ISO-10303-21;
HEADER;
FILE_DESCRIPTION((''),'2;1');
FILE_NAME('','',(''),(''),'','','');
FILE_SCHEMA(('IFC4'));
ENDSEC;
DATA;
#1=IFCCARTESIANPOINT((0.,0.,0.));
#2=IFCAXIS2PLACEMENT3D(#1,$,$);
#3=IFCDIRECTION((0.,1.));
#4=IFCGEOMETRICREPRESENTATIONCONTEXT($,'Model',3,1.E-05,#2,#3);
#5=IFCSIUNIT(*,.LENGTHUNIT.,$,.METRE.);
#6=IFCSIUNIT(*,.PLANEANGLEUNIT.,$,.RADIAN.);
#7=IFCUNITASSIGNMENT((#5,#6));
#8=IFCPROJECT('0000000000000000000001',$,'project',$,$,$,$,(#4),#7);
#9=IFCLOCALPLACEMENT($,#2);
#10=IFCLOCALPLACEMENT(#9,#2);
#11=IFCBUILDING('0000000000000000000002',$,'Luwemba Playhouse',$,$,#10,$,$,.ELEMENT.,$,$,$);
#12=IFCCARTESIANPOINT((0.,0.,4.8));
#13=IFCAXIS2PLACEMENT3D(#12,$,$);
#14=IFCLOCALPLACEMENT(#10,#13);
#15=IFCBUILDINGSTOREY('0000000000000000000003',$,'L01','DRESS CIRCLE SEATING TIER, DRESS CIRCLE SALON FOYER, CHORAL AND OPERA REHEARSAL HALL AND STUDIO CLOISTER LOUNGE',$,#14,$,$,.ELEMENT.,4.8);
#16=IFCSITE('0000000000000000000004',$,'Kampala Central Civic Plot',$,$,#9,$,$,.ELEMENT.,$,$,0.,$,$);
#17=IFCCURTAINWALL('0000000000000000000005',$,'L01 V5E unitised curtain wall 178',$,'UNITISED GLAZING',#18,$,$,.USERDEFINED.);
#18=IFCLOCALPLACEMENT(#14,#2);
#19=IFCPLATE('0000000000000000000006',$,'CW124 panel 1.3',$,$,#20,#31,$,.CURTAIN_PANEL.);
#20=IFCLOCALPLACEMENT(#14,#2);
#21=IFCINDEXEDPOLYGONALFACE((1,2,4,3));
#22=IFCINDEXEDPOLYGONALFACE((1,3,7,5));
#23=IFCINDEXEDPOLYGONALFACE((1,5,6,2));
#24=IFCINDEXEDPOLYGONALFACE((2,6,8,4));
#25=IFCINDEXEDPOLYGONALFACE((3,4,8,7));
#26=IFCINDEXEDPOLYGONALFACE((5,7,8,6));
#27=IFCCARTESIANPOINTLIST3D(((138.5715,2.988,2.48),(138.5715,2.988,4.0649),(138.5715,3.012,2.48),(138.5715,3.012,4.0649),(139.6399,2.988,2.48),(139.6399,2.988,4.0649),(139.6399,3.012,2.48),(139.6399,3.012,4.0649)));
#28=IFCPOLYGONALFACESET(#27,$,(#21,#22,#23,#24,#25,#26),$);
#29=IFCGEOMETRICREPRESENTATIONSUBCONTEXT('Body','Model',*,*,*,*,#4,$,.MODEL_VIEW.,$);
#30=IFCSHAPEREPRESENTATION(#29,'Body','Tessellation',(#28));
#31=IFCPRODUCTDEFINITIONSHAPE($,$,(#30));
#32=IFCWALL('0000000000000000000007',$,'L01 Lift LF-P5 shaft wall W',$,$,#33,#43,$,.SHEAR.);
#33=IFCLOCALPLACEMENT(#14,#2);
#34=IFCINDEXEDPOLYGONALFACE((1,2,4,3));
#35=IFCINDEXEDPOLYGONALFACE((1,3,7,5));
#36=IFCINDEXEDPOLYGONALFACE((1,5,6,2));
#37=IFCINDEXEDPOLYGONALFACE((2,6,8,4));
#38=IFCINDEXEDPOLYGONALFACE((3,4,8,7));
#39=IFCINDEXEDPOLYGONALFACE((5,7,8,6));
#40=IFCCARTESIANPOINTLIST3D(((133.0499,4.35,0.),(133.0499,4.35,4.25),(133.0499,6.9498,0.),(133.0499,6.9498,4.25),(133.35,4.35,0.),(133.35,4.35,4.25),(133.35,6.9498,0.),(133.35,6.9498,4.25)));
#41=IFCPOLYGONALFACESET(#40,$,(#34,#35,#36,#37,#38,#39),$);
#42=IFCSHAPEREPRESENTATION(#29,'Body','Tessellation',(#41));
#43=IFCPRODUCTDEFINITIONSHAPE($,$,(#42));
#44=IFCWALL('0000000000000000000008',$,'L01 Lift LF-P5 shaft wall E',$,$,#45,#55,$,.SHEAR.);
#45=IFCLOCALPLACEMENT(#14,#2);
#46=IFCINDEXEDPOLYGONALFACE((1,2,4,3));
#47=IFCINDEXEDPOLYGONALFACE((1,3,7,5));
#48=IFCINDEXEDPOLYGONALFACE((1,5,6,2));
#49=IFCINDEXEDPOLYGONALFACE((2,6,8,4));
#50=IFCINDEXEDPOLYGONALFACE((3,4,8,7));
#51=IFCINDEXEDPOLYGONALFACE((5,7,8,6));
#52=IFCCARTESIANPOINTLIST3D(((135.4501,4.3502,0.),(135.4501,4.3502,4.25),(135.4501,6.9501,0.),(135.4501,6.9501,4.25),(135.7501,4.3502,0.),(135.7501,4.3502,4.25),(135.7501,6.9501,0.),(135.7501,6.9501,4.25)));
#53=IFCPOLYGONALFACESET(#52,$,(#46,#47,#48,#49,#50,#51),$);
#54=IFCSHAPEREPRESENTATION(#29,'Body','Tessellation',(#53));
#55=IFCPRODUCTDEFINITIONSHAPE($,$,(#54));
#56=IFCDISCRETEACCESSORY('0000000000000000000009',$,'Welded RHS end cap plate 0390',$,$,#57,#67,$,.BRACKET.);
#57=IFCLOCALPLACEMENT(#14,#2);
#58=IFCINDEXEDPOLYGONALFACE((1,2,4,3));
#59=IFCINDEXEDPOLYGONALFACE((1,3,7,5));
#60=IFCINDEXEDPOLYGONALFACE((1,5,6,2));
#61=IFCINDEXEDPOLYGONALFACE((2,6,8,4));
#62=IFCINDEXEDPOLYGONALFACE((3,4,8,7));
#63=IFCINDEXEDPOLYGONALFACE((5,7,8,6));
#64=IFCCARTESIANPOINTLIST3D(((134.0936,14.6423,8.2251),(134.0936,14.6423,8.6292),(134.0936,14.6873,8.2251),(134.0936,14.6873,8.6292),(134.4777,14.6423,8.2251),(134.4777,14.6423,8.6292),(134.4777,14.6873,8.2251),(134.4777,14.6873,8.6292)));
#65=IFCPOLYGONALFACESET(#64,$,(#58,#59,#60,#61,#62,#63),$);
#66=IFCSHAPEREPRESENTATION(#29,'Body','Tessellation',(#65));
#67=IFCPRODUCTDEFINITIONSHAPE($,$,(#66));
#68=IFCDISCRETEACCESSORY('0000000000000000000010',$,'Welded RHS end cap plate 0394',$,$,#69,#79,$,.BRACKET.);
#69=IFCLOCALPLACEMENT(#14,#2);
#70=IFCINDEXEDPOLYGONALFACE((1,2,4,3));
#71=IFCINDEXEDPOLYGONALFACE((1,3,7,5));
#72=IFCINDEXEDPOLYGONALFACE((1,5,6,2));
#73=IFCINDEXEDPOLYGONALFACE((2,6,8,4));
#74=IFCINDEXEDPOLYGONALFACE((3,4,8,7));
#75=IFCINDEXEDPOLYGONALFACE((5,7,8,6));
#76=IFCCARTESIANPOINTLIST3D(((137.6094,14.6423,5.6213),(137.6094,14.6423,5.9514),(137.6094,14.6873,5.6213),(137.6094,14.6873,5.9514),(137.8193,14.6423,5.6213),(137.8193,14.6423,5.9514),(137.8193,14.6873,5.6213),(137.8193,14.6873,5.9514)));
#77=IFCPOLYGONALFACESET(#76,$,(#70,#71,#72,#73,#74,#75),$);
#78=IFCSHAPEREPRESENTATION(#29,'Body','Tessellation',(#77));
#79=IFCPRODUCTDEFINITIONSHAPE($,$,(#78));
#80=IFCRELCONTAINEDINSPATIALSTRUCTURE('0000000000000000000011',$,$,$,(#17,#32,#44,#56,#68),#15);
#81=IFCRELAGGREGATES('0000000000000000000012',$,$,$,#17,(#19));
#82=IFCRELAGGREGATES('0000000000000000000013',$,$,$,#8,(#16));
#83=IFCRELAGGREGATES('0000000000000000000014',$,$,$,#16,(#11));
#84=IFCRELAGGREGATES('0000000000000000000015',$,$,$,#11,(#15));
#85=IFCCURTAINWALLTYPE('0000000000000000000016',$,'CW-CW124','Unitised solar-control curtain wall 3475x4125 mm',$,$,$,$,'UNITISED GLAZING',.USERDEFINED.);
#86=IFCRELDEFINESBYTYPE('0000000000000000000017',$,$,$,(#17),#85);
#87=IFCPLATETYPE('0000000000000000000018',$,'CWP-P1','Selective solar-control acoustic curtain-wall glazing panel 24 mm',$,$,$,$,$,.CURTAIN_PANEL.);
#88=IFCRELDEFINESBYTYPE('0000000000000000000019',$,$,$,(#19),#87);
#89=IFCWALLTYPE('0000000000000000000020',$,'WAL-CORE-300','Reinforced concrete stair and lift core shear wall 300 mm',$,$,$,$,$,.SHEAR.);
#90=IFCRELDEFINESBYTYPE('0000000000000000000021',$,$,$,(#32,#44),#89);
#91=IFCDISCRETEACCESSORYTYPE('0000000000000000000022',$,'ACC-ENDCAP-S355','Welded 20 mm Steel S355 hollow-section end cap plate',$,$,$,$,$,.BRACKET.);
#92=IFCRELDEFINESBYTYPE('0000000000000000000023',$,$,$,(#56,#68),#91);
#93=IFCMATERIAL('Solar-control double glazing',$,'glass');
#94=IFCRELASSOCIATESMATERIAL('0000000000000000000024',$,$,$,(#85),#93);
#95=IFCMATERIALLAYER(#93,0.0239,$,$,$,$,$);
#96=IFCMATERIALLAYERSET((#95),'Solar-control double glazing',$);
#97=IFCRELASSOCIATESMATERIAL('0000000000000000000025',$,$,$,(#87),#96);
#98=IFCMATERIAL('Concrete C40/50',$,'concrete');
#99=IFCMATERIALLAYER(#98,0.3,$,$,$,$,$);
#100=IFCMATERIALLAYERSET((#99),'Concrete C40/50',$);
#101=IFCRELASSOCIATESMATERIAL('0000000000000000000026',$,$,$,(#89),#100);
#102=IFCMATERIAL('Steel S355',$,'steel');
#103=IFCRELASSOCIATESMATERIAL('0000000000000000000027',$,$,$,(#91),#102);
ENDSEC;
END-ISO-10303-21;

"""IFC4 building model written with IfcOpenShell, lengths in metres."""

from ifc_helpers import new_model, si_unit, direction, frame, frame_2d, origin, origin_2d, place, context, subcontext, project, spatial, rectangle, extrude, material, layer, layer_set, type_object, element, aggregate, save


model = new_model("IFC4")

# Units and contexts
model_context = context("Model", 3, precision=1e-05, world=origin(), true_north=direction((0.0, 1.0)))
body_context = subcontext(model_context, "Body", "Model", "MODEL_VIEW")
ifc_project = project(units=[si_unit("LENGTHUNIT", "METRE"), si_unit("PLANEANGLEUNIT", "RADIAN")], contexts=[model_context])

# Site, building, storey
site_placement = place(None, origin())
site = spatial("IfcSite", under=ifc_project, at=site_placement, Name="Kampala Central Civic Plot", CompositionType="ELEMENT", RefElevation=0.0)
building_placement = place(site_placement, origin())
building = spatial("IfcBuilding", under=site, at=building_placement, Name="Luwemba Playhouse", CompositionType="ELEMENT")
storey_placement = place(building_placement, frame((0.0, 0.0, 4.8)))
storey = spatial("IfcBuildingStorey", under=building, at=storey_placement, Name="L01", Description="DRESS CIRCLE SEATING TIER, DRESS CIRCLE SALON FOYER, CHORAL AND OPERA REHEARSAL HALL AND STUDIO CLOISTER LOUNGE", CompositionType="ELEMENT", Elevation=4.8)

# Shared definitions
ifc_material_1 = material(Name="Concrete C40/50", Category="concrete")

# Shared definitions
ifc_material_2 = material(Name="Steel S355", Category="steel")

# Curtain wall
ifc_material_3 = material(Name="Solar-control double glazing", Category="glass")
curtain_wall_type_1 = type_object("IfcCurtainWallType", Name="CW-CW124", Description="Unitised solar-control curtain wall 3475x4125 mm", ElementType="UNITISED GLAZING", PredefinedType="USERDEFINED", material=ifc_material_3)
curtain_wall_1_placement = place(storey_placement, origin())
curtain_wall_1 = element("IfcCurtainWall", 1, at=curtain_wall_1_placement, inside=storey, type_object=curtain_wall_type_1, Name="L01 V5E unitised curtain wall 178", ObjectType="UNITISED GLAZING", PredefinedType="USERDEFINED")

# Plate
ifc_layer_1 = layer(ifc_material_3, 0.0239)
ifc_layer_set_1 = layer_set([ifc_layer_1], Name="Solar-control double glazing")
plate_type = type_object("IfcPlateType", Name="CWP-P1", Description="Selective solar-control acoustic curtain-wall glazing panel 24 mm", PredefinedType="CURTAIN_PANEL", material=ifc_layer_set_1)
plate_1_placement = place(storey_placement, frame((139.1057, 3.0, 2.48), z_axis=(0.0, 0.0, 1.0), x_axis=(-1.0, 0.0, 0.0)))
plate_1 = element("IfcPlate", 2, at=plate_1_placement, type_object=plate_type, Name="CW124 panel 1.3", PredefinedType="CURTAIN_PANEL", context=body_context, shape_type="SweptSolid", body=[
    extrude(rectangle(XDim=1.0684, YDim=0.0239, at=origin_2d()), origin(), (0.0, 0.0, 1.0), 1.585),
])
aggregate(curtain_wall_1, [plate_1])

# Shared definitions
ifc_layer_2 = layer(ifc_material_1, 0.3)
ifc_layer_set_2 = layer_set([ifc_layer_2], Name="Concrete C40/50")
wall_type = type_object("IfcWallType", Name="WAL-CORE-300", Description="Reinforced concrete stair and lift core shear wall 300 mm", PredefinedType="SHEAR", material=ifc_layer_set_2)

# Walls
for number, where, z_axis, x_axis, name in (
    (3, (133.2, 4.3501, 0.0), (0.0, 0.0, 1.0), (0.0, 1.0, 0.0), "L01 Lift LF-P5 shaft wall W"),
    (4, (135.6001, 6.95, 0.0), (0.0, 0.0, 1.0), (0.0, -1.0, 0.0), "L01 Lift LF-P5 shaft wall E"),
):
    element("IfcWall", number, at=place(storey_placement, frame(where, z_axis=z_axis, x_axis=x_axis)), inside=storey, type_object=wall_type, Name=name, PredefinedType="SHEAR", context=body_context, shape_type="SweptSolid", body=[
        extrude(rectangle(XDim=2.5999, YDim=0.3, at=frame_2d((1.2998, 0.0))), origin(), (0.0, 0.0, 1.0), 4.25),
    ])

# Discrete accessories
discrete_accessory_type = type_object("IfcDiscreteAccessoryType", Name="ACC-ENDCAP-S355", Description="Welded 20 mm Steel S355 hollow-section end cap plate", PredefinedType="BRACKET", material=ifc_material_2)
discrete_accessory_1_placement = place(storey_placement, frame((134.2856, 14.6648, 8.2251), z_axis=(0.0, 0.0, 1.0), x_axis=(1.0, 0.0, 0.0)))
element("IfcDiscreteAccessory", 5, at=discrete_accessory_1_placement, inside=storey, type_object=discrete_accessory_type, Name="Welded RHS end cap plate 0390", PredefinedType="BRACKET", context=body_context, shape_type="SweptSolid", body=[
    extrude(rectangle(XDim=0.384, YDim=0.0449, at=origin_2d()), origin(), (0.0, 0.0, 1.0), 0.4041),
])
discrete_accessory_2_placement = place(storey_placement, frame((137.7144, 14.6648, 5.6213), z_axis=(0.0, 0.0, 1.0), x_axis=(1.0, 0.0, 0.0)))
element("IfcDiscreteAccessory", 6, at=discrete_accessory_2_placement, inside=storey, type_object=discrete_accessory_type, Name="Welded RHS end cap plate 0394", PredefinedType="BRACKET", context=body_context, shape_type="SweptSolid", body=[
    extrude(rectangle(XDim=0.21, YDim=0.0449, at=origin_2d()), origin(), (0.0, 0.0, 1.0), 0.3301),
])

save(model, "model.ifc")
